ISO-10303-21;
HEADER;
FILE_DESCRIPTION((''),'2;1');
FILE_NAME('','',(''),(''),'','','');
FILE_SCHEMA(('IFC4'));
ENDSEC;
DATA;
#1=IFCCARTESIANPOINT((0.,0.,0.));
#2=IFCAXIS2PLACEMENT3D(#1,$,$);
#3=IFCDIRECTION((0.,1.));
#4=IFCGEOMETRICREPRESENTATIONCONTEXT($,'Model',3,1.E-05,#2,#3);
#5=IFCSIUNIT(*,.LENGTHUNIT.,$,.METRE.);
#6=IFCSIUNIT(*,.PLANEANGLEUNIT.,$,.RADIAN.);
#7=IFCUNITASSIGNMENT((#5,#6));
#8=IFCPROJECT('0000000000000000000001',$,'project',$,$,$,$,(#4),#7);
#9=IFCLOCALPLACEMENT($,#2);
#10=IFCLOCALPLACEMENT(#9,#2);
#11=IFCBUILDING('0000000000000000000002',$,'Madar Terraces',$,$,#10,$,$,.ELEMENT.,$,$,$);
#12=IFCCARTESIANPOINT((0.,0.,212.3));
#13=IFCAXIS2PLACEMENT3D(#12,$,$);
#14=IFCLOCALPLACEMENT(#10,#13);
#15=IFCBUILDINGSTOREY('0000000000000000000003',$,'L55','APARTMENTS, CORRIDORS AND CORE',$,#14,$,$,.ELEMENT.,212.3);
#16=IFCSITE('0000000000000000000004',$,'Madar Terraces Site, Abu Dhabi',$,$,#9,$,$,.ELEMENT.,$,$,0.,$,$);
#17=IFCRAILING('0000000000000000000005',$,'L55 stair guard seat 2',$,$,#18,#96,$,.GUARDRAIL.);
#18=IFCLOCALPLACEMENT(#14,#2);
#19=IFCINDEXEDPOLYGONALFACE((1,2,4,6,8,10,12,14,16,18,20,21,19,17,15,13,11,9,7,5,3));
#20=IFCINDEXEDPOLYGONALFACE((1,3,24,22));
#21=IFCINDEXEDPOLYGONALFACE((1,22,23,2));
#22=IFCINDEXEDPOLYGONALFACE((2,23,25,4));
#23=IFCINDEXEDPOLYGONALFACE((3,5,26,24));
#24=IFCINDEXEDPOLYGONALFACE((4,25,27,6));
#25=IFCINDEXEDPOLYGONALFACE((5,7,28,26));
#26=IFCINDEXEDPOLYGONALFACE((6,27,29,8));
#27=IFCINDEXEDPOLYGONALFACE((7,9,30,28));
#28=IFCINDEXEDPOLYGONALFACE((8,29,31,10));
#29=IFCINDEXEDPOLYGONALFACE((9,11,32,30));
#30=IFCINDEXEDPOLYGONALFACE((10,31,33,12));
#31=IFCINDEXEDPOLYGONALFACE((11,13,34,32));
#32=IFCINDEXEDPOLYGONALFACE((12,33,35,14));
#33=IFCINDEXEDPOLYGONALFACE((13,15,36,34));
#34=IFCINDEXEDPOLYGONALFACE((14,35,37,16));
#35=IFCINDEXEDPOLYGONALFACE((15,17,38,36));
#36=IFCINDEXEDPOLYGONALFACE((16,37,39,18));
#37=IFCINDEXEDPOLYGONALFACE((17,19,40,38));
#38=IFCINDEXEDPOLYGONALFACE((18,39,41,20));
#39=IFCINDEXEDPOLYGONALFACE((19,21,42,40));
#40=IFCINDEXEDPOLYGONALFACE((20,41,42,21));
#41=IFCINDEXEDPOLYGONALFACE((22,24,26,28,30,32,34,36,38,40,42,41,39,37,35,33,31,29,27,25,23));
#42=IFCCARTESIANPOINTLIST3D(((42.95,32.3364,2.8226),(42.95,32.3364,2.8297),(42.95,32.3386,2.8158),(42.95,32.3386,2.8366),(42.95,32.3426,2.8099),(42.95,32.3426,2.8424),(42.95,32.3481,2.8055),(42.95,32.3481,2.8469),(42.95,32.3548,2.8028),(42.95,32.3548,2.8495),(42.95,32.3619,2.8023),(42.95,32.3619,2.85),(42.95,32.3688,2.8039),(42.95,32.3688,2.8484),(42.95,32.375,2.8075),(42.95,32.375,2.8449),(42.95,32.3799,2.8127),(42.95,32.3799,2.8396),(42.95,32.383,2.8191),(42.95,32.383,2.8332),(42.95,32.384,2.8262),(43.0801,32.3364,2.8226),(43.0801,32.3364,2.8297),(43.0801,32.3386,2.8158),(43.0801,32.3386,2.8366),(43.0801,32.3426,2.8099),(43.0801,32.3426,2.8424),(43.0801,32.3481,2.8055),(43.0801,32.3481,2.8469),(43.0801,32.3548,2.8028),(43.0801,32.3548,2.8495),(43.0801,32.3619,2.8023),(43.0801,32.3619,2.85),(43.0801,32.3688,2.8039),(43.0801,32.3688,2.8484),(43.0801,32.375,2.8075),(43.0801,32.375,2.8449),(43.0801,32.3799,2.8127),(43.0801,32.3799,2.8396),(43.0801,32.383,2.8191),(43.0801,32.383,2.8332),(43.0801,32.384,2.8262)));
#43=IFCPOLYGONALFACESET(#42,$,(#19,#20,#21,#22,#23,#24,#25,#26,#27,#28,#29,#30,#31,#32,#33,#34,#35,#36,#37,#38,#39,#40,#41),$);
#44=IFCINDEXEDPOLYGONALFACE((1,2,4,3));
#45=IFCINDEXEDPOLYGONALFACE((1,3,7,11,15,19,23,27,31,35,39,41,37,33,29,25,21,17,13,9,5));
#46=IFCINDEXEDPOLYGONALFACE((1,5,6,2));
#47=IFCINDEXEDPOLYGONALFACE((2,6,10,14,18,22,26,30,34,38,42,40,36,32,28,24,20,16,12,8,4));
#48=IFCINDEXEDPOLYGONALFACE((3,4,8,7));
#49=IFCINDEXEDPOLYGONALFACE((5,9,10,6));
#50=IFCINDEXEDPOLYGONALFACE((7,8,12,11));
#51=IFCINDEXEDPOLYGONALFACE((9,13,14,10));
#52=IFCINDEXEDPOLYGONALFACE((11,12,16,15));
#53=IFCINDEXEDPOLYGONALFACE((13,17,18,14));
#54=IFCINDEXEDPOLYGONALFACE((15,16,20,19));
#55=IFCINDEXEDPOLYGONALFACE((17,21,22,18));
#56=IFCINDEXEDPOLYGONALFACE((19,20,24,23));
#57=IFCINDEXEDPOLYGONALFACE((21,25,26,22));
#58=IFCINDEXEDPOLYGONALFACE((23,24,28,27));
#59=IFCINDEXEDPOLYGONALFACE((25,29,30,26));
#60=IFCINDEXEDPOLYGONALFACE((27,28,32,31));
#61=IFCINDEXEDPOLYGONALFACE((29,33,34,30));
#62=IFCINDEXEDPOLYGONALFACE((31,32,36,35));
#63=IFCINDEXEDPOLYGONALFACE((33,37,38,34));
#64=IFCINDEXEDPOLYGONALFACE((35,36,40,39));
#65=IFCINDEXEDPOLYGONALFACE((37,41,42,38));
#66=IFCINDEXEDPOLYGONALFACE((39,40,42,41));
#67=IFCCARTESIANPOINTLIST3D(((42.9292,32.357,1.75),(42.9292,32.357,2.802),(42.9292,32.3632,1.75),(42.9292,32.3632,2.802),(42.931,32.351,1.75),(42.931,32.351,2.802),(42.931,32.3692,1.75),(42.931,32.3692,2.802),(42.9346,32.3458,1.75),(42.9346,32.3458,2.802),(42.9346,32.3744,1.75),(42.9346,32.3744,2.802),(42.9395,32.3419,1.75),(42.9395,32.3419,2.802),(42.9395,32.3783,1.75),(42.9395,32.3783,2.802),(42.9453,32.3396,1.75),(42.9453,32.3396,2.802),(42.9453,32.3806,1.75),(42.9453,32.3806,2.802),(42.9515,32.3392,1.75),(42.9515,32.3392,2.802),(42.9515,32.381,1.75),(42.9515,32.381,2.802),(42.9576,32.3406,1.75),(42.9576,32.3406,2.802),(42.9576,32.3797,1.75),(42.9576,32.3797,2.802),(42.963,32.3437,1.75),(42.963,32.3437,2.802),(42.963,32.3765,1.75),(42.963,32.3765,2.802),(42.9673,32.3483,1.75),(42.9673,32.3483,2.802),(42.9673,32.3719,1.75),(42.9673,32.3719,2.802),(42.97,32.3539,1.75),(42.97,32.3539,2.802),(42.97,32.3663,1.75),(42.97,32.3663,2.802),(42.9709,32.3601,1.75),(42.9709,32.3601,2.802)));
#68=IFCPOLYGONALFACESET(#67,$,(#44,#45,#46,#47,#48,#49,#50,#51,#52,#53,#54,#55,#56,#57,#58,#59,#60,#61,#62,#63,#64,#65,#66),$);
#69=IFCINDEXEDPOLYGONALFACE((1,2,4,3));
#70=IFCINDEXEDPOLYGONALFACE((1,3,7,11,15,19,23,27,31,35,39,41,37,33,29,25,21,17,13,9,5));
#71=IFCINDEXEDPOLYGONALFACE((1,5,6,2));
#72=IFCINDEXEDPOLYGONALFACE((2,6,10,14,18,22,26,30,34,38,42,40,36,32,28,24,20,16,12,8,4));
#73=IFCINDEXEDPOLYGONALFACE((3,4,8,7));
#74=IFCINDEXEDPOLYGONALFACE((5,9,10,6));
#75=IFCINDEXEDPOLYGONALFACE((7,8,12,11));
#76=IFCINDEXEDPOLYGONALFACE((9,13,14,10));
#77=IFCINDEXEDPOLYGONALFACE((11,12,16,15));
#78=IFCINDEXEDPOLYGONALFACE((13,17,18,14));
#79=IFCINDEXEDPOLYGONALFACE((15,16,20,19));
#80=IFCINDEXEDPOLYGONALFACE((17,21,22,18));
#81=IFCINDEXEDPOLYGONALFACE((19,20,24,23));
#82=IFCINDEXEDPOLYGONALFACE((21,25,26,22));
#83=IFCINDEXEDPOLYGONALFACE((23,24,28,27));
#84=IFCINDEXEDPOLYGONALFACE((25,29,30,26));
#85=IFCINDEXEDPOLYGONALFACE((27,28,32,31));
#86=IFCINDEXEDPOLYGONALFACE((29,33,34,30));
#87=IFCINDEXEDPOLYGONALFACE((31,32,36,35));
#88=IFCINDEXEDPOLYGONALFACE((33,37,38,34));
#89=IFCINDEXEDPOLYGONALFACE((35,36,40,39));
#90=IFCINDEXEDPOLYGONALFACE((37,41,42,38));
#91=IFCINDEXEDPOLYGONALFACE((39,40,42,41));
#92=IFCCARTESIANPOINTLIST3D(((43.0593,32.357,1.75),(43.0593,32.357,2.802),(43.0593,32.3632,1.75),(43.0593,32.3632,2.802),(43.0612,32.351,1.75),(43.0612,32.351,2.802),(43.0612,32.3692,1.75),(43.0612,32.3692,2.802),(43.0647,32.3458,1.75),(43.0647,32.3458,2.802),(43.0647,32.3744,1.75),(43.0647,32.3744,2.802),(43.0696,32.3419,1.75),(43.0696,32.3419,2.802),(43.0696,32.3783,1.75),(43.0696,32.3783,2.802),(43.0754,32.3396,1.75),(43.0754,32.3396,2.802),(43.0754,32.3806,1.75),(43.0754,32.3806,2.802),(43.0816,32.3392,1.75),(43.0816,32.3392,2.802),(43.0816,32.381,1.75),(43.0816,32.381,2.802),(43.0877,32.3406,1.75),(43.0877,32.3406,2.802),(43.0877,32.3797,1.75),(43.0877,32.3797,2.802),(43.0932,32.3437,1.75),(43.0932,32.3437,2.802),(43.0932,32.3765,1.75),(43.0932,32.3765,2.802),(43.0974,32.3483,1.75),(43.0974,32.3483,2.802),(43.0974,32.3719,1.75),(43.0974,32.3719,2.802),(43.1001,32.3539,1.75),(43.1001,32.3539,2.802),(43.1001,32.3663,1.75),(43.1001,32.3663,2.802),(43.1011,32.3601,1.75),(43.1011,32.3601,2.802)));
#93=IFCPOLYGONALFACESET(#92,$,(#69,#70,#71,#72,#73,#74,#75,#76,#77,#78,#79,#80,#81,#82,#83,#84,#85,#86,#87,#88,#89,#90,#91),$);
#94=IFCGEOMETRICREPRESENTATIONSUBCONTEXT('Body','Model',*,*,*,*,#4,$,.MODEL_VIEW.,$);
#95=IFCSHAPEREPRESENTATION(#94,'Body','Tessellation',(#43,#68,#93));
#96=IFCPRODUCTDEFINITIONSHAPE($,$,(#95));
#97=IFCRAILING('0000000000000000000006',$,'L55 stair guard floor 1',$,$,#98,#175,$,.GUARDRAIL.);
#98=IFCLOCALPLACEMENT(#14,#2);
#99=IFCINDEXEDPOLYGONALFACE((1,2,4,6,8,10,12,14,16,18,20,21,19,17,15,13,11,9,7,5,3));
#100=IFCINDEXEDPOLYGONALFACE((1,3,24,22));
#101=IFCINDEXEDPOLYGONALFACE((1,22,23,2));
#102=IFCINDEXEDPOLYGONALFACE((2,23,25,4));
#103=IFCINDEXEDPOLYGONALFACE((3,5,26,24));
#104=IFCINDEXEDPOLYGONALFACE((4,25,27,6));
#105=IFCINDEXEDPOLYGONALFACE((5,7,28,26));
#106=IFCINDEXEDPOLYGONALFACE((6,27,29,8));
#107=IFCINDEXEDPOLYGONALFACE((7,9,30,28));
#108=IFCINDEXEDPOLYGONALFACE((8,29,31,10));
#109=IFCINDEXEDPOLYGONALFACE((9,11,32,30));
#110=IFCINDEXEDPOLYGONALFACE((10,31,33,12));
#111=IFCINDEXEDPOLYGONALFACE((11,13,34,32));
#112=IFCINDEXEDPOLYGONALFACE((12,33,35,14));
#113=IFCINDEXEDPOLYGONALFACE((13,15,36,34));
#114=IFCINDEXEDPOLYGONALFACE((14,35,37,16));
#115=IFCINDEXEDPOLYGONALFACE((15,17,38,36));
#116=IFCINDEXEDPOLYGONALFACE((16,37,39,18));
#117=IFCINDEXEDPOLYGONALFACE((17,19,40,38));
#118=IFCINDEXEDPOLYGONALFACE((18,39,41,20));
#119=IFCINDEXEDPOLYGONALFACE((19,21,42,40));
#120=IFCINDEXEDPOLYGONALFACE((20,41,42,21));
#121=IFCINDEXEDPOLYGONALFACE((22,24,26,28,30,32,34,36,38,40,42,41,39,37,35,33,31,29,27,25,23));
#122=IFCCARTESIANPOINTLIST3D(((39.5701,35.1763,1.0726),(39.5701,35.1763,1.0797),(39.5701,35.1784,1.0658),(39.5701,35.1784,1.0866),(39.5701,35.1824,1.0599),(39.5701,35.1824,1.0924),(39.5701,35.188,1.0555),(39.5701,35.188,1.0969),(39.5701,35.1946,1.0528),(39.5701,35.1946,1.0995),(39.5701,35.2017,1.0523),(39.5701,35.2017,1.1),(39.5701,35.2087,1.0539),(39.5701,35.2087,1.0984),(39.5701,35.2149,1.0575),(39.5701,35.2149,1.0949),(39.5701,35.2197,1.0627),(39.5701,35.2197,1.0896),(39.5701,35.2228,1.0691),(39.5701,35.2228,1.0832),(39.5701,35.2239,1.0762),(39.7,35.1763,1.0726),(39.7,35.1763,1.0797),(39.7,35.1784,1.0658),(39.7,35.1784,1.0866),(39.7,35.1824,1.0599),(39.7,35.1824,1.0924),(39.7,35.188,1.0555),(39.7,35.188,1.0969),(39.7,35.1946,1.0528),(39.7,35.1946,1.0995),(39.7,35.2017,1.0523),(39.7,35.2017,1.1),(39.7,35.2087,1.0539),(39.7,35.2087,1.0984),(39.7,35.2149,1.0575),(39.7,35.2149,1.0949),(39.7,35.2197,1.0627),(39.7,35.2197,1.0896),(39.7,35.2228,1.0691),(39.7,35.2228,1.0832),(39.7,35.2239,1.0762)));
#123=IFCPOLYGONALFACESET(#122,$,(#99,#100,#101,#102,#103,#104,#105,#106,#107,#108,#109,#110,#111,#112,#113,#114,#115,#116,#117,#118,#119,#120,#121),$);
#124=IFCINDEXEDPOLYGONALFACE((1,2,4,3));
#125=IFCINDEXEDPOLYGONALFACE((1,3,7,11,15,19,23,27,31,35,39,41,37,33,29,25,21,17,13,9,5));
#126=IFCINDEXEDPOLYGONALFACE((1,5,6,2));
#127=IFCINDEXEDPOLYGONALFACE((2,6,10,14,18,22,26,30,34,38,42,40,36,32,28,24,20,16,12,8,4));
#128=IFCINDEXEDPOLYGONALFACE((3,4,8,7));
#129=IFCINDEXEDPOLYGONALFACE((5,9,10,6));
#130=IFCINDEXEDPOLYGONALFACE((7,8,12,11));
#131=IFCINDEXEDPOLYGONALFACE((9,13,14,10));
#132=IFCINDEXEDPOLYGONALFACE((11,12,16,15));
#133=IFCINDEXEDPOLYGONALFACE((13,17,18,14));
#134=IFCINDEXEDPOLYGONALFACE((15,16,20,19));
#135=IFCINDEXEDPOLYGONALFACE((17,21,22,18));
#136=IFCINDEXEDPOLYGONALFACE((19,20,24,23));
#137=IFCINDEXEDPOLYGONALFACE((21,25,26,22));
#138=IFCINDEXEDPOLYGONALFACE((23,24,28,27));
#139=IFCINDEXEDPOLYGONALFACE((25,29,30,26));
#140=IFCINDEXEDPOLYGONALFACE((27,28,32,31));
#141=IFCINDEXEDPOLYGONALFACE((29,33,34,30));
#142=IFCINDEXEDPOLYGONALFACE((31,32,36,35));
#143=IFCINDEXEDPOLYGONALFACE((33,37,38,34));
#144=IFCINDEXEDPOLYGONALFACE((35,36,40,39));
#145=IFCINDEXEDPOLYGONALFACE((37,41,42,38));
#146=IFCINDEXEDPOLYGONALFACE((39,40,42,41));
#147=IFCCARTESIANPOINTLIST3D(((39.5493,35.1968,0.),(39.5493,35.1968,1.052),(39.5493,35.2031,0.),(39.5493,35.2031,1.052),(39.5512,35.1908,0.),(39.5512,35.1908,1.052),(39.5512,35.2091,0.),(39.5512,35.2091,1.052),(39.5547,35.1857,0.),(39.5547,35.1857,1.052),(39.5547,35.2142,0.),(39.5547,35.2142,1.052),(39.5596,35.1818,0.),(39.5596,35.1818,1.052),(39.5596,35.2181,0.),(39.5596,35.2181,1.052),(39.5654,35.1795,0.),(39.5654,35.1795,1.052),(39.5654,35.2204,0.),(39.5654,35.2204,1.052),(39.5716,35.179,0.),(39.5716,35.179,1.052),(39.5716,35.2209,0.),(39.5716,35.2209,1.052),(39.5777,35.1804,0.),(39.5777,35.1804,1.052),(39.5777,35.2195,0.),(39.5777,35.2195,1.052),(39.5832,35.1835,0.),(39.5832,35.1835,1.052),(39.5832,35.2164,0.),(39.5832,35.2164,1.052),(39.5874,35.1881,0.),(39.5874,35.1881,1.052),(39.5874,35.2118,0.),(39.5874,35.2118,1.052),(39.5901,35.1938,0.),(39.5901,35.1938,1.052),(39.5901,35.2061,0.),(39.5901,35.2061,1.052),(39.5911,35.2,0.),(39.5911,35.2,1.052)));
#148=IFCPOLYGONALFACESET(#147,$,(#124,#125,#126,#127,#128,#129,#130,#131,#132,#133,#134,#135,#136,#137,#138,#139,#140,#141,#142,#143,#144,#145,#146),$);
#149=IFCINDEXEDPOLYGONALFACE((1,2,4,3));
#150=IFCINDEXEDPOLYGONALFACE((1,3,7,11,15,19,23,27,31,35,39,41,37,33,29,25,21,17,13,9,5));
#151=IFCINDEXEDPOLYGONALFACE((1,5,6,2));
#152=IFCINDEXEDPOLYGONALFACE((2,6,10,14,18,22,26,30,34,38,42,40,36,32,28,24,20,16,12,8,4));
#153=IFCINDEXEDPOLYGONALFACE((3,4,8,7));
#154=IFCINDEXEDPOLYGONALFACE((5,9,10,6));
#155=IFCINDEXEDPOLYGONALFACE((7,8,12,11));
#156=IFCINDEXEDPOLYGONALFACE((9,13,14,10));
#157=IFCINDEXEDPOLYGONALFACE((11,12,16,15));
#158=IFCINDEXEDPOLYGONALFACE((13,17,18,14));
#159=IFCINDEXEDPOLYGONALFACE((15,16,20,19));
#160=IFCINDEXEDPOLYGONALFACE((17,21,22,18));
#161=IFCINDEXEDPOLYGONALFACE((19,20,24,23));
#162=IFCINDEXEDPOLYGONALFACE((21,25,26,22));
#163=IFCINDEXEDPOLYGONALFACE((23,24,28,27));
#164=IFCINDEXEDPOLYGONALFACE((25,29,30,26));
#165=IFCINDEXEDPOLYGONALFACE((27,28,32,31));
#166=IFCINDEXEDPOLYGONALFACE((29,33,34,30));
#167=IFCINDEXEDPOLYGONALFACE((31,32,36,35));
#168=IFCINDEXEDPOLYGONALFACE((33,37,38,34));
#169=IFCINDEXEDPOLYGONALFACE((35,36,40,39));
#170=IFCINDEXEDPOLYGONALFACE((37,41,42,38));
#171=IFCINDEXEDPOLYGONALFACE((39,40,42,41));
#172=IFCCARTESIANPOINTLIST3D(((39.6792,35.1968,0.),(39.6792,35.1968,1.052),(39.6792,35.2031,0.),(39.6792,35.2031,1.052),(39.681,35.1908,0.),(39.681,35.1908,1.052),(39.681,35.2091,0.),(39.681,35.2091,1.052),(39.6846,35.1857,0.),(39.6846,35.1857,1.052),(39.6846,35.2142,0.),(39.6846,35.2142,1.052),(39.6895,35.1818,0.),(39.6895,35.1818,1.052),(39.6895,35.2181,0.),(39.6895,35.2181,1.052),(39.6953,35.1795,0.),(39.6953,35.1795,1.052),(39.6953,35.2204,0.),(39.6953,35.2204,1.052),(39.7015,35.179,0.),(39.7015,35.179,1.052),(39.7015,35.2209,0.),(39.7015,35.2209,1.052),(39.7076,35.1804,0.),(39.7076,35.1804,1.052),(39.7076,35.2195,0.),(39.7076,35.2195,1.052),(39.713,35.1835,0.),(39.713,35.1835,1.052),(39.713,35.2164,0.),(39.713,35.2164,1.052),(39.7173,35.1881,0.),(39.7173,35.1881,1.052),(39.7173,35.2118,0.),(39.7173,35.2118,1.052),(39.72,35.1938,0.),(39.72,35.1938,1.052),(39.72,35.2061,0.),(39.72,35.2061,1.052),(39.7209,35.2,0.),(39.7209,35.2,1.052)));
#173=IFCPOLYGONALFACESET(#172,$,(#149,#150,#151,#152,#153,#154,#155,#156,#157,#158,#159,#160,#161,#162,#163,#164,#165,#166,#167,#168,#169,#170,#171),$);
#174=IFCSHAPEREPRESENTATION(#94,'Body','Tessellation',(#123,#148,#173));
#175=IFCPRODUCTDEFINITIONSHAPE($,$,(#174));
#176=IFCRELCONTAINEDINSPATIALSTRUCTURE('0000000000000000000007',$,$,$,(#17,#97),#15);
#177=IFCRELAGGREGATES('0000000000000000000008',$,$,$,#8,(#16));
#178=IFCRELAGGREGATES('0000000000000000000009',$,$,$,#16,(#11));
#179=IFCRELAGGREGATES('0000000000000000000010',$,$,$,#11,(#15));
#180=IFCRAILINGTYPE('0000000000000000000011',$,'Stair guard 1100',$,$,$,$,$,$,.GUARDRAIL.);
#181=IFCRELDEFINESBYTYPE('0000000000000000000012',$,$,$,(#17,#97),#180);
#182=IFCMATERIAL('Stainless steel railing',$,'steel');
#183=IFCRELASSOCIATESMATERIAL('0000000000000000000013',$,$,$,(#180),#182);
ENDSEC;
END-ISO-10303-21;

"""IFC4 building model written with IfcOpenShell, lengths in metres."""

from ifc_helpers import new_model, si_unit, direction, frame, origin, origin_2d, place, context, subcontext, project, spatial, circle, extrude, material, type_object, element, save


model = new_model("IFC4")

# Units and contexts
model_context = context("Model", 3, precision=1e-05, world=origin(), true_north=direction((0.0, 1.0)))
body_context = subcontext(model_context, "Body", "Model", "MODEL_VIEW")
ifc_project = project(units=[si_unit("LENGTHUNIT", "METRE"), si_unit("PLANEANGLEUNIT", "RADIAN")], contexts=[model_context])

# Site, building, storey
site_placement = place(None, origin())
site = spatial("IfcSite", under=ifc_project, at=site_placement, Name="Madar Terraces Site, Abu Dhabi", CompositionType="ELEMENT", RefElevation=0.0)
building_placement = place(site_placement, origin())
building = spatial("IfcBuilding", under=site, at=building_placement, Name="Madar Terraces", CompositionType="ELEMENT")
storey_placement = place(building_placement, frame((0.0, 0.0, 212.3)))
storey = spatial("IfcBuildingStorey", under=building, at=storey_placement, Name="L55", Description="APARTMENTS, CORRIDORS AND CORE", CompositionType="ELEMENT", Elevation=212.3)

# Railings
ifc_material_1 = material(Name="Stainless steel railing", Category="steel")
railing_type_1 = type_object("IfcRailingType", Name="Stair guard 1100", PredefinedType="GUARDRAIL", material=ifc_material_1)
railing_1_placement = place(storey_placement, frame((42.95, 32.3601, 1.75)))
element("IfcRailing", 1, at=railing_1_placement, inside=storey, type_object=railing_type_1, Name="L55 stair guard seat 2", PredefinedType="GUARDRAIL", context=body_context, shape_type="SweptSolid", body=[
    extrude(circle(Radius=0.0239, at=origin_2d()), frame((0.0, 0.0, 1.0762), z_axis=(1.0, 0.0, 0.0), x_axis=(0.0, 1.0, 0.0)), (0.0, 0.0, 1.0), 0.1301),
    extrude(circle(Radius=0.021, at=origin_2d()), origin(), (0.0, 0.0, 1.0), 1.052),
    extrude(circle(Radius=0.021, at=origin_2d()), frame((0.1301, 0.0, 0.0)), (0.0, 0.0, 1.0), 1.052),
])
railing_2_placement = place(storey_placement, frame((39.5701, 35.2, 0.0)))
element("IfcRailing", 2, at=railing_2_placement, inside=storey, type_object=railing_type_1, Name="L55 stair guard floor 1", PredefinedType="GUARDRAIL", context=body_context, shape_type="SweptSolid", body=[
    extrude(circle(Radius=0.0239, at=origin_2d()), frame((0.0, 0.0, 1.0762), z_axis=(1.0, 0.0, 0.0), x_axis=(0.0, 1.0, 0.0)), (0.0, 0.0, 1.0), 0.1299),
    extrude(circle(Radius=0.021, at=origin_2d()), origin(), (0.0, 0.0, 1.0), 1.052),
    extrude(circle(Radius=0.021, at=origin_2d()), frame((0.1299, 0.0, 0.0)), (0.0, 0.0, 1.0), 1.052),
])

save(model, "model.ifc")
